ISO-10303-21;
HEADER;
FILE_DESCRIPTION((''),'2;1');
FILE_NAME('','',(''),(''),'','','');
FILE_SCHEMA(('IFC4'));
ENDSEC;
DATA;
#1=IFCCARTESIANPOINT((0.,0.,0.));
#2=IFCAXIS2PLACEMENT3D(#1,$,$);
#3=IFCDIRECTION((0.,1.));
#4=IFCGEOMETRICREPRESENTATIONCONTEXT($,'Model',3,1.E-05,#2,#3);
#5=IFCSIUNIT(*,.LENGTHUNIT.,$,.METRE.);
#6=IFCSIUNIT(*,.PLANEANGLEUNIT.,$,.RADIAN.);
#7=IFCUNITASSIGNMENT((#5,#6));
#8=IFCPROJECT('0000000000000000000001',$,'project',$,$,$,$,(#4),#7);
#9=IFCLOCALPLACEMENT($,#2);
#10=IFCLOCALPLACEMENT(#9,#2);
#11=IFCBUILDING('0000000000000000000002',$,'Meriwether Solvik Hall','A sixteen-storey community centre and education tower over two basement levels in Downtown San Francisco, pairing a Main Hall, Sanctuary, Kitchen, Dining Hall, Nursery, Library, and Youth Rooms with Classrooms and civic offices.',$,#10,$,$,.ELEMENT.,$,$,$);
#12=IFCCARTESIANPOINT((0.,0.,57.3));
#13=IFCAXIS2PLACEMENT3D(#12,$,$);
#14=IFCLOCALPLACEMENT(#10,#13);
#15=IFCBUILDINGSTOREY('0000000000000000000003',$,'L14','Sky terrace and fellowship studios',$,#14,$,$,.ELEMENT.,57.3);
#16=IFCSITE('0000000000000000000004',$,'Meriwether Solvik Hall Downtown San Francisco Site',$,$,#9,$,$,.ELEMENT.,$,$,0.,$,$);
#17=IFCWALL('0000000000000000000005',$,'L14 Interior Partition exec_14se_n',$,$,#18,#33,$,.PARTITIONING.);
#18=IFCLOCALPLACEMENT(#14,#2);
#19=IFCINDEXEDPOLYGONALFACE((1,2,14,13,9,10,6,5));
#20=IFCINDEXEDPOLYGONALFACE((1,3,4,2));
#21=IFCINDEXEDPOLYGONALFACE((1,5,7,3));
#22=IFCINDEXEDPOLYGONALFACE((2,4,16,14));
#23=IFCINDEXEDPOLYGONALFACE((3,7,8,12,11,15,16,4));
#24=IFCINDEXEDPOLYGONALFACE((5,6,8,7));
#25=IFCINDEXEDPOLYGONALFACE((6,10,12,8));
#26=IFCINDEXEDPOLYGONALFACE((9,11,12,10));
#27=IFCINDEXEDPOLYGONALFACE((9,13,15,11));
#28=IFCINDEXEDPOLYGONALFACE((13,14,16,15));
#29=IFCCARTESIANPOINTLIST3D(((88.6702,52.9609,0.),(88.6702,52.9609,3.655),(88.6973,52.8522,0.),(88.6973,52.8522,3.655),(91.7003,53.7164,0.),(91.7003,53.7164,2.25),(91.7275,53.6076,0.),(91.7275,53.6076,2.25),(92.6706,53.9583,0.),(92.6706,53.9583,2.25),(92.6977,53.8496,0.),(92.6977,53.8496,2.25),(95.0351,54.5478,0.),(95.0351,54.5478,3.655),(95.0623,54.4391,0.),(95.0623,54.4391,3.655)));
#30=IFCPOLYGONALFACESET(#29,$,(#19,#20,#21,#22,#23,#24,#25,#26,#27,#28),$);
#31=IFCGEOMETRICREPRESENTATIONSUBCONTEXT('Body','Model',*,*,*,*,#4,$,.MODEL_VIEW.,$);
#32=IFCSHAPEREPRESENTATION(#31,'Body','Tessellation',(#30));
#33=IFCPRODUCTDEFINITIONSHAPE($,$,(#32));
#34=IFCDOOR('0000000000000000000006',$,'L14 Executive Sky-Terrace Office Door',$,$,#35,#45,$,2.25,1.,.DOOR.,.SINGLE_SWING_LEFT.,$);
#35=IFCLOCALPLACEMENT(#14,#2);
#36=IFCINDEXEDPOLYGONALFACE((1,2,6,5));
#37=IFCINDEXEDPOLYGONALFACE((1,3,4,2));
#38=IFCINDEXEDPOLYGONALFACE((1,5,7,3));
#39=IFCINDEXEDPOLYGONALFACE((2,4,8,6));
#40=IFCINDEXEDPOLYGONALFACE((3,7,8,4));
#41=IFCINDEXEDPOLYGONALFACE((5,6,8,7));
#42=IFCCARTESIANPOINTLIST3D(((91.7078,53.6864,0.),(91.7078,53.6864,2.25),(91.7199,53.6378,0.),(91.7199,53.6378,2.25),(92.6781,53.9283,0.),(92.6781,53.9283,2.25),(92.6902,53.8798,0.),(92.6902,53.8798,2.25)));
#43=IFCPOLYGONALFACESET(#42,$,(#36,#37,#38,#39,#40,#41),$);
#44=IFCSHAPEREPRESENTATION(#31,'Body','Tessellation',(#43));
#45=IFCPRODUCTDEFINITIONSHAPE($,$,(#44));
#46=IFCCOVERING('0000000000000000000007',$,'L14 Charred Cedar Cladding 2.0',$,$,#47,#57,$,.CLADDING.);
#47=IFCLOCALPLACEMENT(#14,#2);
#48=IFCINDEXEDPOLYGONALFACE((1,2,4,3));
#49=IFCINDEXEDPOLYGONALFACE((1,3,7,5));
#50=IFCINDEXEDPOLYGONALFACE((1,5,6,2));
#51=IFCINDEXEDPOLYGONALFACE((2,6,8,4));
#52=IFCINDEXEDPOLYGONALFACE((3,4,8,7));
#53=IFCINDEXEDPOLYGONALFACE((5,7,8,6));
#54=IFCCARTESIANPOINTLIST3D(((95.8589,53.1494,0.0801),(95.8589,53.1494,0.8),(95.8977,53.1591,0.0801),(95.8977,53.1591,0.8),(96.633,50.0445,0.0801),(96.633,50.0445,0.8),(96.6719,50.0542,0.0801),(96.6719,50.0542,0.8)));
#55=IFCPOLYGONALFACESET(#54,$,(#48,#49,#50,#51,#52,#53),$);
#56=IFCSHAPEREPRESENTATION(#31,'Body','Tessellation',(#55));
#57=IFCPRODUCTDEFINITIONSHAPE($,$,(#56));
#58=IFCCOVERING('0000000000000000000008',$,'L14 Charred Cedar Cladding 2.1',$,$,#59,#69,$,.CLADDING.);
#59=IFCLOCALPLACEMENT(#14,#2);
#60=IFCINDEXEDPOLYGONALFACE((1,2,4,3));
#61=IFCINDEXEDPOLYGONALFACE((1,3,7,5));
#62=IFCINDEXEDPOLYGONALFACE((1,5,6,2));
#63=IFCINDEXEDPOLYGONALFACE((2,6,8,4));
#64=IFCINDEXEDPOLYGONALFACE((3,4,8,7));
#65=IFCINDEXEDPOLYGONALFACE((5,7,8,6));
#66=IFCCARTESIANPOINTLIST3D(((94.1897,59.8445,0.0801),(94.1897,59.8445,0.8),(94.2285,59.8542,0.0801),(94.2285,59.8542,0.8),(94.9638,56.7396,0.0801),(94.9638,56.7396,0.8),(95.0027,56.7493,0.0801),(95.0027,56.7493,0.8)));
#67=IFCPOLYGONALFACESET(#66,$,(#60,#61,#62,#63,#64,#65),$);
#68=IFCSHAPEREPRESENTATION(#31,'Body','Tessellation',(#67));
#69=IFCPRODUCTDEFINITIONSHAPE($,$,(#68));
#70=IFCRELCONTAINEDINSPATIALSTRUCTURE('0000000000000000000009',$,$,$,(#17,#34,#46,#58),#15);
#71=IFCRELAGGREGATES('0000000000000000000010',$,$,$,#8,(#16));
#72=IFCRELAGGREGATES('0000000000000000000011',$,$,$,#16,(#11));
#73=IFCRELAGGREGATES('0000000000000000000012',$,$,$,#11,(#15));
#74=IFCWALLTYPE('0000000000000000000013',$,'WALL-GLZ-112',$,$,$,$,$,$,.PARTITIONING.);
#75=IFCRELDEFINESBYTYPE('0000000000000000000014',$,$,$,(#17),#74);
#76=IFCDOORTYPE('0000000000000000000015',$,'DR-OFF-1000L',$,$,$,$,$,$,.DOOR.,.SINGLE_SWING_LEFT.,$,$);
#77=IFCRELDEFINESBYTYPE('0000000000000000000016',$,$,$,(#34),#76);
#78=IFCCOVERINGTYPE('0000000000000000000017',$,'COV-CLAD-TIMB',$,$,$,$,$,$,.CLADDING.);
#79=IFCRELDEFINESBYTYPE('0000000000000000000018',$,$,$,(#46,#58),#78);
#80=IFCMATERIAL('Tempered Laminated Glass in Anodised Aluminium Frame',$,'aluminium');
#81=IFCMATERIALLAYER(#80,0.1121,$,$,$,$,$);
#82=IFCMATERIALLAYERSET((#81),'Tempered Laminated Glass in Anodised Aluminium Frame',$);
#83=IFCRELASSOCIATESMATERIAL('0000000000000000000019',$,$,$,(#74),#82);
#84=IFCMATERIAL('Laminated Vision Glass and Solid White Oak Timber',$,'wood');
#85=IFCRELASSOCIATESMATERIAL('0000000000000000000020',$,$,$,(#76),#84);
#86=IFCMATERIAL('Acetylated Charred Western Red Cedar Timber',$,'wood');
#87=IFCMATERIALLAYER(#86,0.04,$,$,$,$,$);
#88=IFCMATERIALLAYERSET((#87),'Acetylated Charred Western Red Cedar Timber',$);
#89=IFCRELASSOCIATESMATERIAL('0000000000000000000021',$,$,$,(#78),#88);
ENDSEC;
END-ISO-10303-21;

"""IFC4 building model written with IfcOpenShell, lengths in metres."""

from ifc_helpers import new_model, si_unit, direction, frame, frame_2d, origin, origin_2d, place, context, subcontext, project, spatial, rectangle, extrude, material, layer, layer_set, type_object, element, fill, save


model = new_model("IFC4")

# Units and contexts
model_context = context("Model", 3, precision=1e-05, world=origin(), true_north=direction((0.0, 1.0)))
body_context = subcontext(model_context, "Body", "Model", "MODEL_VIEW")
ifc_project = project(units=[si_unit("LENGTHUNIT", "METRE"), si_unit("PLANEANGLEUNIT", "RADIAN")], contexts=[model_context])

# Site, building, storey
site_placement = place(None, origin())
site = spatial("IfcSite", under=ifc_project, at=site_placement, Name="Meriwether Solvik Hall Downtown San Francisco Site", CompositionType="ELEMENT", RefElevation=0.0)
building_placement = place(site_placement, origin())
building = spatial("IfcBuilding", under=site, at=building_placement, Name="Meriwether Solvik Hall", Description="A sixteen-storey community centre and education tower over two basement levels in Downtown San Francisco, pairing a Main Hall, Sanctuary, Kitchen, Dining Hall, Nursery, Library, and Youth Rooms with Classrooms and civic offices.", CompositionType="ELEMENT")
storey_placement = place(building_placement, frame((0.0, 0.0, 57.3)))
storey = spatial("IfcBuildingStorey", under=building, at=storey_placement, Name="L14", Description="Sky terrace and fellowship studios", CompositionType="ELEMENT", Elevation=57.3)

# Wall, opening, door
ifc_material_1 = material(Name="Tempered Laminated Glass in Anodised Aluminium Frame", Category="aluminium")
ifc_layer_1 = layer(ifc_material_1, 0.1121)
ifc_layer_set_1 = layer_set([ifc_layer_1], Name="Tempered Laminated Glass in Anodised Aluminium Frame")
wall_type_1 = type_object("IfcWallType", Name="WALL-GLZ-112", PredefinedType="PARTITIONING", material=ifc_layer_set_1)
wall_1_placement = place(storey_placement, frame((95.0486, 54.4934, 0.0), z_axis=(0.0, 0.0, 1.0), x_axis=(-0.970298, -0.241914, 0.0)))
wall_1 = element("IfcWall", 1, at=wall_1_placement, inside=storey, type_object=wall_type_1, Name="L14 Interior Partition exec_14se_n", PredefinedType="PARTITIONING", context=body_context, shape_type="SweptSolid", body=[
    extrude(rectangle(XDim=6.5598, YDim=0.1121, at=frame_2d((3.2798, 0.0))), origin(), (0.0, 0.0, 1.0), 3.655),
])
opening_1_placement = place(wall_1_placement, frame((2.4368, 0.0, 0.0)))
opening_1 = element("IfcOpeningElement", 2, at=opening_1_placement, cuts=wall_1, PredefinedType="OPENING", context=body_context, shape_type="SweptSolid", body=[
    extrude(rectangle(XDim=1.0, YDim=2.25, at=frame_2d((0.5, 1.125))), frame((0.0, 0.0679, 0.0), z_axis=(0.0, -1.0, 0.0), x_axis=(1.0, 0.0, 0.0)), (0.0, 0.0, 1.0), 0.136),
])
ifc_material_2 = material(Name="Laminated Vision Glass and Solid White Oak Timber", Category="wood")
door_type = type_object("IfcDoorType", Name="DR-OFF-1000L", OperationType="SINGLE_SWING_LEFT", PredefinedType="DOOR", material=ifc_material_2)
door_placement = place(opening_1_placement, origin())
door = element("IfcDoor", 3, at=door_placement, inside=storey, type_object=door_type, Name="L14 Executive Sky-Terrace Office Door", OperationType="SINGLE_SWING_LEFT", OverallHeight=2.25, OverallWidth=1.0, PredefinedType="DOOR", context=body_context, shape_type="SweptSolid", body=[
    extrude(rectangle(XDim=1.0, YDim=2.25, at=frame_2d((0.5, 1.125))), frame((0.0, 0.0249, 0.0), z_axis=(0.0, -1.0, 0.0), x_axis=(1.0, 0.0, 0.0)), (0.0, 0.0, 1.0), 0.05),
])
fill(opening_1, door)

# Coverings
ifc_material_3 = material(Name="Acetylated Charred Western Red Cedar Timber", Category="wood")
ifc_layer_2 = layer(ifc_material_3, 0.04)
ifc_layer_set_2 = layer_set([ifc_layer_2], Name="Acetylated Charred Western Red Cedar Timber")
covering_type = type_object("IfcCoveringType", Name="COV-CLAD-TIMB", PredefinedType="CLADDING", material=ifc_layer_set_2)
for number, where, z_axis, x_axis, name in (
    (4, (96.2654, 51.6018, 0.0801), (0.0, 0.0, 1.0), (0.241922, -0.970296, 0.0), "L14 Charred Cedar Cladding 2.0"),
    (5, (94.5962, 58.2969, 0.0801), (0.0, 0.0, 1.0), (0.241922, -0.970296, 0.0), "L14 Charred Cedar Cladding 2.1"),
):
    element("IfcCovering", number, at=place(storey_placement, frame(where, z_axis=z_axis, x_axis=x_axis)), inside=storey, type_object=covering_type, Name=name, PredefinedType="CLADDING", context=body_context, shape_type="SweptSolid", body=[
        extrude(rectangle(XDim=3.2, YDim=0.04, at=origin_2d()), origin(), (0.0, 0.0, 1.0), 0.72),
    ])

save(model, "model.ifc")
